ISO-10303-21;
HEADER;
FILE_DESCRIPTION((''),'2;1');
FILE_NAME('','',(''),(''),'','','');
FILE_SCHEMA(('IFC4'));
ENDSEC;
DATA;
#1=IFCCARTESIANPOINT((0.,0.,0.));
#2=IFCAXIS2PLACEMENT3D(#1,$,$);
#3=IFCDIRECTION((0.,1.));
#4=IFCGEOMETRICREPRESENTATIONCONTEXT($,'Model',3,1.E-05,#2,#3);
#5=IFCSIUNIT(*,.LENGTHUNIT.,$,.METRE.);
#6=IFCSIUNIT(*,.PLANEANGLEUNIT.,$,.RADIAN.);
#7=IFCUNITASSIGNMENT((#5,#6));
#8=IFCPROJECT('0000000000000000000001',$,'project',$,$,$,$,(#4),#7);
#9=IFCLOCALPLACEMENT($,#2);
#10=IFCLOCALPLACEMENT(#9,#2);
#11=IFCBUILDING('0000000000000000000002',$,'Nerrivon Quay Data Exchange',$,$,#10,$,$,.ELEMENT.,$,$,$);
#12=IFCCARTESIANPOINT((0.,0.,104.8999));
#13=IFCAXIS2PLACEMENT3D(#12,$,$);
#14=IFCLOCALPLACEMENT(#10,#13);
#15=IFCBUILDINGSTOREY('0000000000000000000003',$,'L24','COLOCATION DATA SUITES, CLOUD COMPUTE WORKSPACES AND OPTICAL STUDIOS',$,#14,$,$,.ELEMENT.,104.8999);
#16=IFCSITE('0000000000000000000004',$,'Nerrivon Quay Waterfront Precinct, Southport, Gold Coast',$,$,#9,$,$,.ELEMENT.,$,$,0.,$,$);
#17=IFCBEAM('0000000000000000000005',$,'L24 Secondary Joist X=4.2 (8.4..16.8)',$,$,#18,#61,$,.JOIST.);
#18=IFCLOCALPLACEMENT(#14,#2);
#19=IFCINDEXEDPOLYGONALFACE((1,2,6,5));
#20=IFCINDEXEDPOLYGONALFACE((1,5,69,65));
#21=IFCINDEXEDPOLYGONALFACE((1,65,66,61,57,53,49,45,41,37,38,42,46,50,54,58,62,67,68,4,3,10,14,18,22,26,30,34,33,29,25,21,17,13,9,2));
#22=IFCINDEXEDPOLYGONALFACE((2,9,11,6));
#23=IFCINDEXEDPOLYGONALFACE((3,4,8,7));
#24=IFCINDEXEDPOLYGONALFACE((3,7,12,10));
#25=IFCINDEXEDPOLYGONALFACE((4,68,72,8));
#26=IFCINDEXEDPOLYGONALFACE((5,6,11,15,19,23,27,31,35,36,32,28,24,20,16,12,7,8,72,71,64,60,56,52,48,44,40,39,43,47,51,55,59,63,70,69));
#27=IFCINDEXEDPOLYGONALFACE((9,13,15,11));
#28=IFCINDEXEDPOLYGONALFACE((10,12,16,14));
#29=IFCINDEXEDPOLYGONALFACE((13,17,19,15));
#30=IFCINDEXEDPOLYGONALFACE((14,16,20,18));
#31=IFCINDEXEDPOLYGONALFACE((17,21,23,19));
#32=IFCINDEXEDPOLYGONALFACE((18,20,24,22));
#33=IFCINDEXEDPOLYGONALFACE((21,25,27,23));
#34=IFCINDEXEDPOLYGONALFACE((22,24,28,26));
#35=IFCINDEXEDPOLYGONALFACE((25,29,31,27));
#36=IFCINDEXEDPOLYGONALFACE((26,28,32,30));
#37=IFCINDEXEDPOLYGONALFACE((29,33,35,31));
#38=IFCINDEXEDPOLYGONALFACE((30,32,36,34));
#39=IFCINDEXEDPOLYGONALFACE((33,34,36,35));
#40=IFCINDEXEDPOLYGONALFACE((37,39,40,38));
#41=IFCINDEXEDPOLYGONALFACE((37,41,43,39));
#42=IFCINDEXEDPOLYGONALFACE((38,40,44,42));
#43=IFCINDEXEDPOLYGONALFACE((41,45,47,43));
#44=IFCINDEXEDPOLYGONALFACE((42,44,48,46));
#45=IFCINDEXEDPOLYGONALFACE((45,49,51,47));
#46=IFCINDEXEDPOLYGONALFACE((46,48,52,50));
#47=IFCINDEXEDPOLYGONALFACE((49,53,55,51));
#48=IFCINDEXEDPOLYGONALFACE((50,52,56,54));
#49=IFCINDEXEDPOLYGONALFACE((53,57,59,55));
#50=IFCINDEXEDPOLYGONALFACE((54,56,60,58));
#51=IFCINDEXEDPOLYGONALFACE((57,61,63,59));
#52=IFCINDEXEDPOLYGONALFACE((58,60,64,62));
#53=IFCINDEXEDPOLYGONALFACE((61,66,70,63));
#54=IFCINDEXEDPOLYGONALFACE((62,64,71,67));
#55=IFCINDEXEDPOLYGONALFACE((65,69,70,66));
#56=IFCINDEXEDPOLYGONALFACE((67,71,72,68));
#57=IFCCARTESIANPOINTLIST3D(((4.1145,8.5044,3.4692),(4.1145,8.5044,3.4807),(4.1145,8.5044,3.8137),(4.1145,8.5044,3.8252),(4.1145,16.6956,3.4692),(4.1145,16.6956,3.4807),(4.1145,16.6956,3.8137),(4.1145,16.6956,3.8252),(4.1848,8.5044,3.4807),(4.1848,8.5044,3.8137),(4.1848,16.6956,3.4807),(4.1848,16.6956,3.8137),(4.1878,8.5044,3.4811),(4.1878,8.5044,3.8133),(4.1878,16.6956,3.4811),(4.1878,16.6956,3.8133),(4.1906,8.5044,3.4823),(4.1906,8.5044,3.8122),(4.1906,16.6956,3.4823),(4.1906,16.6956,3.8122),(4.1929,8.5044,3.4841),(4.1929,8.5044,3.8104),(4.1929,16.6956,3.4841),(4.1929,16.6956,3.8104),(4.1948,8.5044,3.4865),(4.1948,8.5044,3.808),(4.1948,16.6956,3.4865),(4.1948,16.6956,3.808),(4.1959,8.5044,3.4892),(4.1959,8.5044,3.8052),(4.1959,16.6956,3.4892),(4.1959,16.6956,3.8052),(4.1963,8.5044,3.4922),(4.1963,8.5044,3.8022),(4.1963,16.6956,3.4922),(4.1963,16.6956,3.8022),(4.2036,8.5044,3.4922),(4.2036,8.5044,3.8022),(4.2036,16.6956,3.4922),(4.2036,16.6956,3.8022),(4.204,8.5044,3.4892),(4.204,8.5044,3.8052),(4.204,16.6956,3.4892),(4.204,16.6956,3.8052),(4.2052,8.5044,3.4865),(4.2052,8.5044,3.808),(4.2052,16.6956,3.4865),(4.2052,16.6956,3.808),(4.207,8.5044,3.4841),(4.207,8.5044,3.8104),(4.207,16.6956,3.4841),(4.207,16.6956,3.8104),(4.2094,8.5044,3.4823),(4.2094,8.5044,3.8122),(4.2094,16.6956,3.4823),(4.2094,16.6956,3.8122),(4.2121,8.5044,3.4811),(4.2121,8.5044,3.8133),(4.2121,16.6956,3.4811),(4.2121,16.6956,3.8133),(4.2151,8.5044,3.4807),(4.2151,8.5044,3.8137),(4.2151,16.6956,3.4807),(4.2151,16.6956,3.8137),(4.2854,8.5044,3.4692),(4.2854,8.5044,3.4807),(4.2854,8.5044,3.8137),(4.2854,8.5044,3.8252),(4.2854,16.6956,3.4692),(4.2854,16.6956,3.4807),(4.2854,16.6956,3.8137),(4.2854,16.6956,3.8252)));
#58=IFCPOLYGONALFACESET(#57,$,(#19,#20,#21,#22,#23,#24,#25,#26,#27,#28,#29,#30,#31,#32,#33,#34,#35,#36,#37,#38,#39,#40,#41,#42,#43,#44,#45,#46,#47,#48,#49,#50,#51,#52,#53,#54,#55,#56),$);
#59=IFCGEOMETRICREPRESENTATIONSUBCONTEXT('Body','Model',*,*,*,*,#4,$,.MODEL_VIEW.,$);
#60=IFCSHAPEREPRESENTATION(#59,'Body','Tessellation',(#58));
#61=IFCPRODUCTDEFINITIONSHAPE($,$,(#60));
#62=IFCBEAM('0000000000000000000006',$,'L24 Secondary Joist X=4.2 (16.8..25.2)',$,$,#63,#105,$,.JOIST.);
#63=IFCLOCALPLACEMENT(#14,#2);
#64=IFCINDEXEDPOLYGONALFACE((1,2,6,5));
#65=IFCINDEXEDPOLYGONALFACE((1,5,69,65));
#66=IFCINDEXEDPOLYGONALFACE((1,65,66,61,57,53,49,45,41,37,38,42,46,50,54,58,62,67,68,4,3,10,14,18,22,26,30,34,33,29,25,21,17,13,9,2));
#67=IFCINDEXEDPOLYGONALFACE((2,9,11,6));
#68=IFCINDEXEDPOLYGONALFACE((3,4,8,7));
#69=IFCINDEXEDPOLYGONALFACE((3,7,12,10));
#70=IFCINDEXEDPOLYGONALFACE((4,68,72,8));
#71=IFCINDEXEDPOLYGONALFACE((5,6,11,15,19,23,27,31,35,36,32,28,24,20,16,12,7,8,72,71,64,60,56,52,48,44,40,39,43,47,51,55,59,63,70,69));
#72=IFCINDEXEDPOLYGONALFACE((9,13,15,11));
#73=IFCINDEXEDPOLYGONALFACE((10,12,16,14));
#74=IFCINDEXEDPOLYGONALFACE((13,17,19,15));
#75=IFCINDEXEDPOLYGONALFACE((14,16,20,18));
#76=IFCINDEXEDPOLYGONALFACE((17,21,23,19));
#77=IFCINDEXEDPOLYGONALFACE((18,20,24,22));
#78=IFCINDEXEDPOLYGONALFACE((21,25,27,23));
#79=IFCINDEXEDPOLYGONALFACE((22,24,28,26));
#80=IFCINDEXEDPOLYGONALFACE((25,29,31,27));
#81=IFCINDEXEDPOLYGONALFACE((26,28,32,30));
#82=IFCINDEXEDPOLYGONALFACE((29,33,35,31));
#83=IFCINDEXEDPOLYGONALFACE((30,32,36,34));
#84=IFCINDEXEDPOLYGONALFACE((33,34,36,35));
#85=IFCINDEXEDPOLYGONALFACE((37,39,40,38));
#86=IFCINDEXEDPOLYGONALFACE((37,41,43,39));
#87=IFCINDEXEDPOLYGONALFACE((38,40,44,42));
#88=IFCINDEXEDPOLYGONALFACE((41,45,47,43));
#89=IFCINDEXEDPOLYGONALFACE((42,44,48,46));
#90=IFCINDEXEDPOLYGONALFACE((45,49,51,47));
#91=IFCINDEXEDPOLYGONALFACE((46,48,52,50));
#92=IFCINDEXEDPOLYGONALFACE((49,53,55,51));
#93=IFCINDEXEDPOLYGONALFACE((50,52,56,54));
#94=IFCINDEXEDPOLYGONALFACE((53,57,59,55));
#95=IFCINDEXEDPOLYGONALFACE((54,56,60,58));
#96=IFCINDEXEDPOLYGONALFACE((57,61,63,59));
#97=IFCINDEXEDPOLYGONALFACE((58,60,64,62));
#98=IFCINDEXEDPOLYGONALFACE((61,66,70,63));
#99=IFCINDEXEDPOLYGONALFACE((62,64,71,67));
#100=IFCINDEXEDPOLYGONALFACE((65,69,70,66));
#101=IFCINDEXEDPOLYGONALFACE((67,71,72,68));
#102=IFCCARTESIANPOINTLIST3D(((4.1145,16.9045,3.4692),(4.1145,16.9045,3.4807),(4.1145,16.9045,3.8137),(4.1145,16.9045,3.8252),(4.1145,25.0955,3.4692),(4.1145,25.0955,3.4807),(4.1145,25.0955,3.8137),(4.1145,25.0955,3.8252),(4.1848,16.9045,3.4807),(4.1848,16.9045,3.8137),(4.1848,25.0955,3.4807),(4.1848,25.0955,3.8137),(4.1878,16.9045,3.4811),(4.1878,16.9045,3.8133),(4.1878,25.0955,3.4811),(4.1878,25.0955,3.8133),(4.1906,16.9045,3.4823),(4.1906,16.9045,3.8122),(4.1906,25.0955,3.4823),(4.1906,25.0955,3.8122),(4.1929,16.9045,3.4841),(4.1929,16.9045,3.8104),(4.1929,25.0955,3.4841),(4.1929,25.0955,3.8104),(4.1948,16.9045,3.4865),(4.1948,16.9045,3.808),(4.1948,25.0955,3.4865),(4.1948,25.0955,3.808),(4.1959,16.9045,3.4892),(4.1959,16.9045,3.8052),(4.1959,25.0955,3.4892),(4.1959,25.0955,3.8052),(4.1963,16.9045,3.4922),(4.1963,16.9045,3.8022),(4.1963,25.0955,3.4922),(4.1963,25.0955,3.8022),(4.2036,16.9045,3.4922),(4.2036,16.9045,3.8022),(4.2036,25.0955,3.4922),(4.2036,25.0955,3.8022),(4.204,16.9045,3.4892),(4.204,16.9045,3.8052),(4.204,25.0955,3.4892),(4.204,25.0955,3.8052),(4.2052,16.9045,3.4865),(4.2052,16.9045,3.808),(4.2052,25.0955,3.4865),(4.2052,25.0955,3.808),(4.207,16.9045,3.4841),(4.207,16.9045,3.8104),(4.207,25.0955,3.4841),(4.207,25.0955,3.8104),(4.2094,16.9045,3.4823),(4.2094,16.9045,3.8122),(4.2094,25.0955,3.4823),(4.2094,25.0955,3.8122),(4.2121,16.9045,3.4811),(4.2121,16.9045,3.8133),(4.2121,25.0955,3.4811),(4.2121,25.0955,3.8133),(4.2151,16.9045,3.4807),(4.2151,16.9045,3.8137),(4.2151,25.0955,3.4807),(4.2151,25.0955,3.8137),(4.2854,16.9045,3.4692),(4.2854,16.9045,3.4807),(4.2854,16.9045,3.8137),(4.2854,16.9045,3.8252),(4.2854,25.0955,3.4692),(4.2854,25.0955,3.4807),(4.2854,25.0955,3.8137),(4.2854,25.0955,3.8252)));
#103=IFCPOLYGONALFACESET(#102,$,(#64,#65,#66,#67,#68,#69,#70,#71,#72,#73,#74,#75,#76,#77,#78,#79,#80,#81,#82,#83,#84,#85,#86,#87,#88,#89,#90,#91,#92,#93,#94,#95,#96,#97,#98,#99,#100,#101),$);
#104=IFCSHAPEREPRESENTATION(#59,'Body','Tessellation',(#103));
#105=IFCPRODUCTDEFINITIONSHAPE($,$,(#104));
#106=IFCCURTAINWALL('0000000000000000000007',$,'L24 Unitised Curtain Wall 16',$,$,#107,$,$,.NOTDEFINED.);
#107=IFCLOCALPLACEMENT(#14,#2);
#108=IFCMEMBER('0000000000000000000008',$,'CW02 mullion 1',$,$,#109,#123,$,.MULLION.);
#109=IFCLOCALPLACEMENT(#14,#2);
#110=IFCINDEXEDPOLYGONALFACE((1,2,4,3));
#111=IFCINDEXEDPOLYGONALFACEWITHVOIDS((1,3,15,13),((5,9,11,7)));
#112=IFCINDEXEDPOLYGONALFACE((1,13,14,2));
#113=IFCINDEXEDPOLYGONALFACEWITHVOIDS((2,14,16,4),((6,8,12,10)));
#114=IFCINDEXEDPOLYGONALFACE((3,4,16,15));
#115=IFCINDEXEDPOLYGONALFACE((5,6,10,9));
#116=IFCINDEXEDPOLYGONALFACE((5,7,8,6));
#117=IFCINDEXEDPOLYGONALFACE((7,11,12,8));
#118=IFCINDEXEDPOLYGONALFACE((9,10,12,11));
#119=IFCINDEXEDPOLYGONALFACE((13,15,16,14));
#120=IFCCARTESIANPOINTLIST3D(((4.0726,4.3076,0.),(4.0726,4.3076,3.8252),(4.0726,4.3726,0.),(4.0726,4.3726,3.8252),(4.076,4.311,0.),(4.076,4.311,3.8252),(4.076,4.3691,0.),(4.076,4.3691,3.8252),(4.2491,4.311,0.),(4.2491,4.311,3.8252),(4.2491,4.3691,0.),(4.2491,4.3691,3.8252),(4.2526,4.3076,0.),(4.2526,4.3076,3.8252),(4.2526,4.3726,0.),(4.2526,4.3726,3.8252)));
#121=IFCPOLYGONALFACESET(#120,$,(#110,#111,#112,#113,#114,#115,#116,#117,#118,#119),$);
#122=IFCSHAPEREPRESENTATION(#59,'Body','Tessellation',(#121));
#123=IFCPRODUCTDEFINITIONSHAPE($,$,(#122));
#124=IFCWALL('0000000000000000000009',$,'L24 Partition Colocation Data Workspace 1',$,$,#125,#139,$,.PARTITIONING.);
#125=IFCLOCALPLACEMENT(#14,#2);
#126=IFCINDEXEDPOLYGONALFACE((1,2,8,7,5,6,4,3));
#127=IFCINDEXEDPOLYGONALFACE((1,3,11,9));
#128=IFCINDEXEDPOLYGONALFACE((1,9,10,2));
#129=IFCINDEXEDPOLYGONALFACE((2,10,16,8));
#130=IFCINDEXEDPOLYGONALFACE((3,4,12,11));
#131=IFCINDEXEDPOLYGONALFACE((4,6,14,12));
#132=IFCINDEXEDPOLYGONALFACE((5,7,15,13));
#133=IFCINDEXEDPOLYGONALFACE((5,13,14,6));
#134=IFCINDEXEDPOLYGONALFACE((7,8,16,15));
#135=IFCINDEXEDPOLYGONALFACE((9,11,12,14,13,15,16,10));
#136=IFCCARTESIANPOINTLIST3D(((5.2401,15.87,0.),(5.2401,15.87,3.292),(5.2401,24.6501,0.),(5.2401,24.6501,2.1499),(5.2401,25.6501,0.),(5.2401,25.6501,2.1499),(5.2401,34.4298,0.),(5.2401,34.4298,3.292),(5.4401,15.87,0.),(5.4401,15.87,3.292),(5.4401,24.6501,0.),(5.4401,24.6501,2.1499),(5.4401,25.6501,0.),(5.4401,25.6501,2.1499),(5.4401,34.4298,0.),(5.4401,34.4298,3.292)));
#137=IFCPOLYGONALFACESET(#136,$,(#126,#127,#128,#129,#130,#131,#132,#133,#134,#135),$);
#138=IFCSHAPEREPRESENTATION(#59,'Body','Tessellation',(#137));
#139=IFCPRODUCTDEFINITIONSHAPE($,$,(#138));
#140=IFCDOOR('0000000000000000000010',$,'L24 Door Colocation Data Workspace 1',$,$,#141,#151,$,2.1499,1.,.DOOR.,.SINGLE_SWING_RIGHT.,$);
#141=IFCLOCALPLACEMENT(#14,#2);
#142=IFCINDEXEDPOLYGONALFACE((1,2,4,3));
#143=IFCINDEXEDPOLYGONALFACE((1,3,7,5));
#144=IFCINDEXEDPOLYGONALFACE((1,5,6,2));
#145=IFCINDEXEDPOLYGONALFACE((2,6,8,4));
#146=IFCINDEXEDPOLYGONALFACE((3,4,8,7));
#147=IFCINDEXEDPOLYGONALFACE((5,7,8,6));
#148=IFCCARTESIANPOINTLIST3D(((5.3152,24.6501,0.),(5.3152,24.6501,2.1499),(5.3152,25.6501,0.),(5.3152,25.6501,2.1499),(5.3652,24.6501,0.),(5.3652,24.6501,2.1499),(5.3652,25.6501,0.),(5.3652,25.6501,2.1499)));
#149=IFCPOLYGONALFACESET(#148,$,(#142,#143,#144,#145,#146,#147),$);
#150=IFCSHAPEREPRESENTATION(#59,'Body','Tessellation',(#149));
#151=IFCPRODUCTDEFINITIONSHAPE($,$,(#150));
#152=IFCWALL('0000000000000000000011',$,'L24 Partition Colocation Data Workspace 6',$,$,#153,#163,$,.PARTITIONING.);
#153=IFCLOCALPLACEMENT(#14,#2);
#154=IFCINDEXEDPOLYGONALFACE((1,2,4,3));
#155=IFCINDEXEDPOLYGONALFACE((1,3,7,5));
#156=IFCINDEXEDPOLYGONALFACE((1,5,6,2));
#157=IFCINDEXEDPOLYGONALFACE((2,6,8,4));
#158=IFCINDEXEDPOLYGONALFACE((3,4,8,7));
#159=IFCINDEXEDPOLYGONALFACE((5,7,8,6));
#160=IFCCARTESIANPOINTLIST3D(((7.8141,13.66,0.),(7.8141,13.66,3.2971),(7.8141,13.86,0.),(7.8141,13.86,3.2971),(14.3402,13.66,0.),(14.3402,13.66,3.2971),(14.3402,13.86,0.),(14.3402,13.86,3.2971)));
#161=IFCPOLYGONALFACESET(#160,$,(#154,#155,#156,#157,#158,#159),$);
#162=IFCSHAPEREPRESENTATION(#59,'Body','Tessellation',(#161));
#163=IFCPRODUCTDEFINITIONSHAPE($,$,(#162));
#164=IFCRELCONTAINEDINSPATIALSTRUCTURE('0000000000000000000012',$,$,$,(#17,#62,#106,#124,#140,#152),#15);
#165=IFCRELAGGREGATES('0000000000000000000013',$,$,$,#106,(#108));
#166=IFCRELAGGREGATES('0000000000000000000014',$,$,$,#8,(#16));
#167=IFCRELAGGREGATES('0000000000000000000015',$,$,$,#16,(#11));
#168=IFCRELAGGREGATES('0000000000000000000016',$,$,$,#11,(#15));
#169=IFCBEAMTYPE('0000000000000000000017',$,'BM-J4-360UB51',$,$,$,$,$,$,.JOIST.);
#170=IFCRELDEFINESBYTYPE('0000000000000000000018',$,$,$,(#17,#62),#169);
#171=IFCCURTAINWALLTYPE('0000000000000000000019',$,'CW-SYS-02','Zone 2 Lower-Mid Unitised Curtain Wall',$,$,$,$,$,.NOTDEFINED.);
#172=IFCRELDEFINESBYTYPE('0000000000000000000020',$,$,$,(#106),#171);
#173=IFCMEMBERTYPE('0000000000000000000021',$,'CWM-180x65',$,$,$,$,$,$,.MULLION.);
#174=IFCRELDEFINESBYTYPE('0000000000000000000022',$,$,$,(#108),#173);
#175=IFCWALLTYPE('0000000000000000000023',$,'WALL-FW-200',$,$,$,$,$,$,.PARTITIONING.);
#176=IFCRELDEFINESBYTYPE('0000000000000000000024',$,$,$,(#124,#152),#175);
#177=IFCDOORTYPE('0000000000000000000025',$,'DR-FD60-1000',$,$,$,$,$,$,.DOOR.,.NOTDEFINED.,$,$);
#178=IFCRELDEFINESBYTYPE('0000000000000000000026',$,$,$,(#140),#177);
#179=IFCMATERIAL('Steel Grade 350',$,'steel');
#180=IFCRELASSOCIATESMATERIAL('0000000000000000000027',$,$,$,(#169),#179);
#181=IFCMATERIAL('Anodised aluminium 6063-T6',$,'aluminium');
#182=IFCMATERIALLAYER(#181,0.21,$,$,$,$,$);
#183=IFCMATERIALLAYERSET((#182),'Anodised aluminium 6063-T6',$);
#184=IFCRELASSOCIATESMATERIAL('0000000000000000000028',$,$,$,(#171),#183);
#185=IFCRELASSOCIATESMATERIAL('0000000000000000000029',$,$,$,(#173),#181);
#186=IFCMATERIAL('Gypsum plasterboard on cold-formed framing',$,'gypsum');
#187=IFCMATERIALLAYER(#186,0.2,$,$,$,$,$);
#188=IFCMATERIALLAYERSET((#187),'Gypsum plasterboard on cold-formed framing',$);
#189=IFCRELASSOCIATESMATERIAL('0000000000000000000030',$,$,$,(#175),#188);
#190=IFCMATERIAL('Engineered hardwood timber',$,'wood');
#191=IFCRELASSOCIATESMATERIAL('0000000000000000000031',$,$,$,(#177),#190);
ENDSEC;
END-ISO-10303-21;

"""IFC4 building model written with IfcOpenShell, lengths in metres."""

from ifc_helpers import new_model, si_unit, direction, frame, frame_2d, origin, origin_2d, place, context, subcontext, project, spatial, rectangle, hollow_rectangle, i_section, extrude, material, layer, layer_set, material_profile, profile_set, type_object, element, fill, aggregate, save


model = new_model("IFC4")

# Units and contexts
model_context = context("Model", 3, precision=1e-05, world=origin(), true_north=direction((0.0, 1.0)))
body_context = subcontext(model_context, "Body", "Model", "MODEL_VIEW")
ifc_project = project(units=[si_unit("LENGTHUNIT", "METRE"), si_unit("PLANEANGLEUNIT", "RADIAN")], contexts=[model_context])

# Site, building, storey
site_placement = place(None, origin())
site = spatial("IfcSite", under=ifc_project, at=site_placement, Name="Nerrivon Quay Waterfront Precinct, Southport, Gold Coast", CompositionType="ELEMENT", RefElevation=0.0)
building_placement = place(site_placement, origin())
building = spatial("IfcBuilding", under=site, at=building_placement, Name="Nerrivon Quay Data Exchange", CompositionType="ELEMENT")
storey_placement = place(building_placement, frame((0.0, 0.0, 104.8999)))
storey = spatial("IfcBuildingStorey", under=building, at=storey_placement, Name="L24", Description="COLOCATION DATA SUITES, CLOUD COMPUTE WORKSPACES AND OPTICAL STUDIOS", CompositionType="ELEMENT", Elevation=104.8999)

# Shared definitions
ifc_material_1 = material(Name="Steel Grade 350", Category="steel")

# Beams
ifc_material_profile_1 = material_profile(ifc_material_1, i_section(OverallWidth=0.1709, OverallDepth=0.356, WebThickness=0.0073, FlangeThickness=0.0115, FilletRadius=0.0115, at=origin_2d()), Name="360UB50.7")
ifc_profile_set_1 = profile_set([ifc_material_profile_1], Name="Steel Grade 350")
beam_type_1 = type_object("IfcBeamType", Name="BM-J4-360UB51", PredefinedType="JOIST", material=ifc_profile_set_1)
beam_1_placement = place(storey_placement, frame((4.2, 8.5044, 3.6472), z_axis=(0.0, 1.0, 0.0), x_axis=(-1.0, 0.0, 0.0)))
element("IfcBeam", 1, at=beam_1_placement, inside=storey, type_object=beam_type_1, Name="L24 Secondary Joist X=4.2 (8.4..16.8)", PredefinedType="JOIST", context=body_context, shape_type="SweptSolid", body=[
    extrude(i_section(OverallWidth=0.1709, OverallDepth=0.356, WebThickness=0.0073, FlangeThickness=0.0115, FilletRadius=0.0115, at=origin_2d()), origin(), (0.0, 0.0, 1.0), 8.1912),
])
beam_2_placement = place(storey_placement, frame((4.2, 16.9045, 3.6472), z_axis=(0.0, 1.0, 0.0), x_axis=(-1.0, 0.0, 0.0)))
element("IfcBeam", 2, at=beam_2_placement, inside=storey, type_object=beam_type_1, Name="L24 Secondary Joist X=4.2 (16.8..25.2)", PredefinedType="JOIST", context=body_context, shape_type="SweptSolid", body=[
    extrude(i_section(OverallWidth=0.1709, OverallDepth=0.356, WebThickness=0.0073, FlangeThickness=0.0115, FilletRadius=0.0115, at=origin_2d()), origin(), (0.0, 0.0, 1.0), 8.1909),
])

# Curtain wall, member
ifc_material_2 = material(Name="Anodised aluminium 6063-T6", Category="aluminium")
ifc_layer_1 = layer(ifc_material_2, 0.21)
ifc_layer_set_1 = layer_set([ifc_layer_1], Name="Anodised aluminium 6063-T6")
curtain_wall_type = type_object("IfcCurtainWallType", Name="CW-SYS-02", Description="Zone 2 Lower-Mid Unitised Curtain Wall", PredefinedType="NOTDEFINED", material=ifc_layer_set_1)
curtain_wall_placement = place(storey_placement, origin())
curtain_wall = element("IfcCurtainWall", 3, at=curtain_wall_placement, inside=storey, type_object=curtain_wall_type, Name="L24 Unitised Curtain Wall 16", PredefinedType="NOTDEFINED")
ifc_material_profile_2 = material_profile(ifc_material_2, hollow_rectangle(XDim=0.0649, YDim=0.1799, WallThickness=0.0034, at=origin_2d()), Name="ALU-MULL-180x65")
ifc_profile_set_2 = profile_set([ifc_material_profile_2], Name="Anodised aluminium 6063-T6")
member_type = type_object("IfcMemberType", Name="CWM-180x65", PredefinedType="MULLION", material=ifc_profile_set_2)
member_placement = place(storey_placement, frame((4.1626, 4.3401, 0.0), z_axis=(0.0, 0.0, 1.0), x_axis=(0.0, -1.0, 0.0)))
member = element("IfcMember", 4, at=member_placement, type_object=member_type, Name="CW02 mullion 1", PredefinedType="MULLION", context=body_context, shape_type="SweptSolid", body=[
    extrude(hollow_rectangle(XDim=0.0649, YDim=0.1799, WallThickness=0.0034, at=origin_2d()), origin(), (0.0, 0.0, 1.0), 3.8252),
])
aggregate(curtain_wall, [member])

# Wall, opening, door
ifc_material_3 = material(Name="Gypsum plasterboard on cold-formed framing", Category="gypsum")
ifc_layer_2 = layer(ifc_material_3, 0.2)
ifc_layer_set_2 = layer_set([ifc_layer_2], Name="Gypsum plasterboard on cold-formed framing")
wall_type_1 = type_object("IfcWallType", Name="WALL-FW-200", PredefinedType="PARTITIONING", material=ifc_layer_set_2)
wall_1_placement = place(storey_placement, frame((5.3401, 15.8701, 0.0), z_axis=(0.0, 0.0, 1.0), x_axis=(0.0, 1.0, 0.0)))
wall_1 = element("IfcWall", 5, at=wall_1_placement, inside=storey, type_object=wall_type_1, Name="L24 Partition Colocation Data Workspace 1", PredefinedType="PARTITIONING", context=body_context, shape_type="SweptSolid", body=[
    extrude(rectangle(XDim=18.5598, YDim=0.2, at=frame_2d((9.2798, 0.0))), origin(), (0.0, 0.0, 1.0), 3.292),
])
opening_1_placement = place(wall_1_placement, frame((8.78, 0.0, 0.0)))
opening_1 = element("IfcOpeningElement", 6, at=opening_1_placement, cuts=wall_1, PredefinedType="OPENING", context=body_context, shape_type="SweptSolid", body=[
    extrude(rectangle(XDim=1.0, YDim=2.1499, at=frame_2d((0.5, 1.075))), frame((0.0, 0.1099, 0.0), z_axis=(0.0, -1.0, 0.0), x_axis=(1.0, 0.0, 0.0)), (0.0, 0.0, 1.0), 0.22),
])
ifc_material_4 = material(Name="Engineered hardwood timber", Category="wood")
door_type_1 = type_object("IfcDoorType", Name="DR-FD60-1000", OperationType="NOTDEFINED", PredefinedType="DOOR", material=ifc_material_4)
door_1_placement = place(opening_1_placement, origin())
door_1 = element("IfcDoor", 7, at=door_1_placement, inside=storey, type_object=door_type_1, Name="L24 Door Colocation Data Workspace 1", OperationType="SINGLE_SWING_RIGHT", OverallHeight=2.1499, OverallWidth=1.0, PredefinedType="DOOR", context=body_context, shape_type="SweptSolid", body=[
    extrude(rectangle(XDim=1.0, YDim=2.1499, at=frame_2d((0.5, 1.075))), frame((0.0, 0.0249, 0.0), z_axis=(0.0, -1.0, 0.0), x_axis=(1.0, 0.0, 0.0)), (0.0, 0.0, 1.0), 0.05),
])
fill(opening_1, door_1)

# Wall
wall_2_placement = place(storey_placement, frame((7.814, 13.76, 0.0), z_axis=(0.0, 0.0, 1.0), x_axis=(1.0, 0.0, 0.0)))
element("IfcWall", 8, at=wall_2_placement, inside=storey, type_object=wall_type_1, Name="L24 Partition Colocation Data Workspace 6", PredefinedType="PARTITIONING", context=body_context, shape_type="SweptSolid", body=[
    extrude(rectangle(XDim=6.5261, YDim=0.2, at=frame_2d((3.2632, 0.0))), origin(), (0.0, 0.0, 1.0), 3.2971),
])

save(model, "model.ifc")
